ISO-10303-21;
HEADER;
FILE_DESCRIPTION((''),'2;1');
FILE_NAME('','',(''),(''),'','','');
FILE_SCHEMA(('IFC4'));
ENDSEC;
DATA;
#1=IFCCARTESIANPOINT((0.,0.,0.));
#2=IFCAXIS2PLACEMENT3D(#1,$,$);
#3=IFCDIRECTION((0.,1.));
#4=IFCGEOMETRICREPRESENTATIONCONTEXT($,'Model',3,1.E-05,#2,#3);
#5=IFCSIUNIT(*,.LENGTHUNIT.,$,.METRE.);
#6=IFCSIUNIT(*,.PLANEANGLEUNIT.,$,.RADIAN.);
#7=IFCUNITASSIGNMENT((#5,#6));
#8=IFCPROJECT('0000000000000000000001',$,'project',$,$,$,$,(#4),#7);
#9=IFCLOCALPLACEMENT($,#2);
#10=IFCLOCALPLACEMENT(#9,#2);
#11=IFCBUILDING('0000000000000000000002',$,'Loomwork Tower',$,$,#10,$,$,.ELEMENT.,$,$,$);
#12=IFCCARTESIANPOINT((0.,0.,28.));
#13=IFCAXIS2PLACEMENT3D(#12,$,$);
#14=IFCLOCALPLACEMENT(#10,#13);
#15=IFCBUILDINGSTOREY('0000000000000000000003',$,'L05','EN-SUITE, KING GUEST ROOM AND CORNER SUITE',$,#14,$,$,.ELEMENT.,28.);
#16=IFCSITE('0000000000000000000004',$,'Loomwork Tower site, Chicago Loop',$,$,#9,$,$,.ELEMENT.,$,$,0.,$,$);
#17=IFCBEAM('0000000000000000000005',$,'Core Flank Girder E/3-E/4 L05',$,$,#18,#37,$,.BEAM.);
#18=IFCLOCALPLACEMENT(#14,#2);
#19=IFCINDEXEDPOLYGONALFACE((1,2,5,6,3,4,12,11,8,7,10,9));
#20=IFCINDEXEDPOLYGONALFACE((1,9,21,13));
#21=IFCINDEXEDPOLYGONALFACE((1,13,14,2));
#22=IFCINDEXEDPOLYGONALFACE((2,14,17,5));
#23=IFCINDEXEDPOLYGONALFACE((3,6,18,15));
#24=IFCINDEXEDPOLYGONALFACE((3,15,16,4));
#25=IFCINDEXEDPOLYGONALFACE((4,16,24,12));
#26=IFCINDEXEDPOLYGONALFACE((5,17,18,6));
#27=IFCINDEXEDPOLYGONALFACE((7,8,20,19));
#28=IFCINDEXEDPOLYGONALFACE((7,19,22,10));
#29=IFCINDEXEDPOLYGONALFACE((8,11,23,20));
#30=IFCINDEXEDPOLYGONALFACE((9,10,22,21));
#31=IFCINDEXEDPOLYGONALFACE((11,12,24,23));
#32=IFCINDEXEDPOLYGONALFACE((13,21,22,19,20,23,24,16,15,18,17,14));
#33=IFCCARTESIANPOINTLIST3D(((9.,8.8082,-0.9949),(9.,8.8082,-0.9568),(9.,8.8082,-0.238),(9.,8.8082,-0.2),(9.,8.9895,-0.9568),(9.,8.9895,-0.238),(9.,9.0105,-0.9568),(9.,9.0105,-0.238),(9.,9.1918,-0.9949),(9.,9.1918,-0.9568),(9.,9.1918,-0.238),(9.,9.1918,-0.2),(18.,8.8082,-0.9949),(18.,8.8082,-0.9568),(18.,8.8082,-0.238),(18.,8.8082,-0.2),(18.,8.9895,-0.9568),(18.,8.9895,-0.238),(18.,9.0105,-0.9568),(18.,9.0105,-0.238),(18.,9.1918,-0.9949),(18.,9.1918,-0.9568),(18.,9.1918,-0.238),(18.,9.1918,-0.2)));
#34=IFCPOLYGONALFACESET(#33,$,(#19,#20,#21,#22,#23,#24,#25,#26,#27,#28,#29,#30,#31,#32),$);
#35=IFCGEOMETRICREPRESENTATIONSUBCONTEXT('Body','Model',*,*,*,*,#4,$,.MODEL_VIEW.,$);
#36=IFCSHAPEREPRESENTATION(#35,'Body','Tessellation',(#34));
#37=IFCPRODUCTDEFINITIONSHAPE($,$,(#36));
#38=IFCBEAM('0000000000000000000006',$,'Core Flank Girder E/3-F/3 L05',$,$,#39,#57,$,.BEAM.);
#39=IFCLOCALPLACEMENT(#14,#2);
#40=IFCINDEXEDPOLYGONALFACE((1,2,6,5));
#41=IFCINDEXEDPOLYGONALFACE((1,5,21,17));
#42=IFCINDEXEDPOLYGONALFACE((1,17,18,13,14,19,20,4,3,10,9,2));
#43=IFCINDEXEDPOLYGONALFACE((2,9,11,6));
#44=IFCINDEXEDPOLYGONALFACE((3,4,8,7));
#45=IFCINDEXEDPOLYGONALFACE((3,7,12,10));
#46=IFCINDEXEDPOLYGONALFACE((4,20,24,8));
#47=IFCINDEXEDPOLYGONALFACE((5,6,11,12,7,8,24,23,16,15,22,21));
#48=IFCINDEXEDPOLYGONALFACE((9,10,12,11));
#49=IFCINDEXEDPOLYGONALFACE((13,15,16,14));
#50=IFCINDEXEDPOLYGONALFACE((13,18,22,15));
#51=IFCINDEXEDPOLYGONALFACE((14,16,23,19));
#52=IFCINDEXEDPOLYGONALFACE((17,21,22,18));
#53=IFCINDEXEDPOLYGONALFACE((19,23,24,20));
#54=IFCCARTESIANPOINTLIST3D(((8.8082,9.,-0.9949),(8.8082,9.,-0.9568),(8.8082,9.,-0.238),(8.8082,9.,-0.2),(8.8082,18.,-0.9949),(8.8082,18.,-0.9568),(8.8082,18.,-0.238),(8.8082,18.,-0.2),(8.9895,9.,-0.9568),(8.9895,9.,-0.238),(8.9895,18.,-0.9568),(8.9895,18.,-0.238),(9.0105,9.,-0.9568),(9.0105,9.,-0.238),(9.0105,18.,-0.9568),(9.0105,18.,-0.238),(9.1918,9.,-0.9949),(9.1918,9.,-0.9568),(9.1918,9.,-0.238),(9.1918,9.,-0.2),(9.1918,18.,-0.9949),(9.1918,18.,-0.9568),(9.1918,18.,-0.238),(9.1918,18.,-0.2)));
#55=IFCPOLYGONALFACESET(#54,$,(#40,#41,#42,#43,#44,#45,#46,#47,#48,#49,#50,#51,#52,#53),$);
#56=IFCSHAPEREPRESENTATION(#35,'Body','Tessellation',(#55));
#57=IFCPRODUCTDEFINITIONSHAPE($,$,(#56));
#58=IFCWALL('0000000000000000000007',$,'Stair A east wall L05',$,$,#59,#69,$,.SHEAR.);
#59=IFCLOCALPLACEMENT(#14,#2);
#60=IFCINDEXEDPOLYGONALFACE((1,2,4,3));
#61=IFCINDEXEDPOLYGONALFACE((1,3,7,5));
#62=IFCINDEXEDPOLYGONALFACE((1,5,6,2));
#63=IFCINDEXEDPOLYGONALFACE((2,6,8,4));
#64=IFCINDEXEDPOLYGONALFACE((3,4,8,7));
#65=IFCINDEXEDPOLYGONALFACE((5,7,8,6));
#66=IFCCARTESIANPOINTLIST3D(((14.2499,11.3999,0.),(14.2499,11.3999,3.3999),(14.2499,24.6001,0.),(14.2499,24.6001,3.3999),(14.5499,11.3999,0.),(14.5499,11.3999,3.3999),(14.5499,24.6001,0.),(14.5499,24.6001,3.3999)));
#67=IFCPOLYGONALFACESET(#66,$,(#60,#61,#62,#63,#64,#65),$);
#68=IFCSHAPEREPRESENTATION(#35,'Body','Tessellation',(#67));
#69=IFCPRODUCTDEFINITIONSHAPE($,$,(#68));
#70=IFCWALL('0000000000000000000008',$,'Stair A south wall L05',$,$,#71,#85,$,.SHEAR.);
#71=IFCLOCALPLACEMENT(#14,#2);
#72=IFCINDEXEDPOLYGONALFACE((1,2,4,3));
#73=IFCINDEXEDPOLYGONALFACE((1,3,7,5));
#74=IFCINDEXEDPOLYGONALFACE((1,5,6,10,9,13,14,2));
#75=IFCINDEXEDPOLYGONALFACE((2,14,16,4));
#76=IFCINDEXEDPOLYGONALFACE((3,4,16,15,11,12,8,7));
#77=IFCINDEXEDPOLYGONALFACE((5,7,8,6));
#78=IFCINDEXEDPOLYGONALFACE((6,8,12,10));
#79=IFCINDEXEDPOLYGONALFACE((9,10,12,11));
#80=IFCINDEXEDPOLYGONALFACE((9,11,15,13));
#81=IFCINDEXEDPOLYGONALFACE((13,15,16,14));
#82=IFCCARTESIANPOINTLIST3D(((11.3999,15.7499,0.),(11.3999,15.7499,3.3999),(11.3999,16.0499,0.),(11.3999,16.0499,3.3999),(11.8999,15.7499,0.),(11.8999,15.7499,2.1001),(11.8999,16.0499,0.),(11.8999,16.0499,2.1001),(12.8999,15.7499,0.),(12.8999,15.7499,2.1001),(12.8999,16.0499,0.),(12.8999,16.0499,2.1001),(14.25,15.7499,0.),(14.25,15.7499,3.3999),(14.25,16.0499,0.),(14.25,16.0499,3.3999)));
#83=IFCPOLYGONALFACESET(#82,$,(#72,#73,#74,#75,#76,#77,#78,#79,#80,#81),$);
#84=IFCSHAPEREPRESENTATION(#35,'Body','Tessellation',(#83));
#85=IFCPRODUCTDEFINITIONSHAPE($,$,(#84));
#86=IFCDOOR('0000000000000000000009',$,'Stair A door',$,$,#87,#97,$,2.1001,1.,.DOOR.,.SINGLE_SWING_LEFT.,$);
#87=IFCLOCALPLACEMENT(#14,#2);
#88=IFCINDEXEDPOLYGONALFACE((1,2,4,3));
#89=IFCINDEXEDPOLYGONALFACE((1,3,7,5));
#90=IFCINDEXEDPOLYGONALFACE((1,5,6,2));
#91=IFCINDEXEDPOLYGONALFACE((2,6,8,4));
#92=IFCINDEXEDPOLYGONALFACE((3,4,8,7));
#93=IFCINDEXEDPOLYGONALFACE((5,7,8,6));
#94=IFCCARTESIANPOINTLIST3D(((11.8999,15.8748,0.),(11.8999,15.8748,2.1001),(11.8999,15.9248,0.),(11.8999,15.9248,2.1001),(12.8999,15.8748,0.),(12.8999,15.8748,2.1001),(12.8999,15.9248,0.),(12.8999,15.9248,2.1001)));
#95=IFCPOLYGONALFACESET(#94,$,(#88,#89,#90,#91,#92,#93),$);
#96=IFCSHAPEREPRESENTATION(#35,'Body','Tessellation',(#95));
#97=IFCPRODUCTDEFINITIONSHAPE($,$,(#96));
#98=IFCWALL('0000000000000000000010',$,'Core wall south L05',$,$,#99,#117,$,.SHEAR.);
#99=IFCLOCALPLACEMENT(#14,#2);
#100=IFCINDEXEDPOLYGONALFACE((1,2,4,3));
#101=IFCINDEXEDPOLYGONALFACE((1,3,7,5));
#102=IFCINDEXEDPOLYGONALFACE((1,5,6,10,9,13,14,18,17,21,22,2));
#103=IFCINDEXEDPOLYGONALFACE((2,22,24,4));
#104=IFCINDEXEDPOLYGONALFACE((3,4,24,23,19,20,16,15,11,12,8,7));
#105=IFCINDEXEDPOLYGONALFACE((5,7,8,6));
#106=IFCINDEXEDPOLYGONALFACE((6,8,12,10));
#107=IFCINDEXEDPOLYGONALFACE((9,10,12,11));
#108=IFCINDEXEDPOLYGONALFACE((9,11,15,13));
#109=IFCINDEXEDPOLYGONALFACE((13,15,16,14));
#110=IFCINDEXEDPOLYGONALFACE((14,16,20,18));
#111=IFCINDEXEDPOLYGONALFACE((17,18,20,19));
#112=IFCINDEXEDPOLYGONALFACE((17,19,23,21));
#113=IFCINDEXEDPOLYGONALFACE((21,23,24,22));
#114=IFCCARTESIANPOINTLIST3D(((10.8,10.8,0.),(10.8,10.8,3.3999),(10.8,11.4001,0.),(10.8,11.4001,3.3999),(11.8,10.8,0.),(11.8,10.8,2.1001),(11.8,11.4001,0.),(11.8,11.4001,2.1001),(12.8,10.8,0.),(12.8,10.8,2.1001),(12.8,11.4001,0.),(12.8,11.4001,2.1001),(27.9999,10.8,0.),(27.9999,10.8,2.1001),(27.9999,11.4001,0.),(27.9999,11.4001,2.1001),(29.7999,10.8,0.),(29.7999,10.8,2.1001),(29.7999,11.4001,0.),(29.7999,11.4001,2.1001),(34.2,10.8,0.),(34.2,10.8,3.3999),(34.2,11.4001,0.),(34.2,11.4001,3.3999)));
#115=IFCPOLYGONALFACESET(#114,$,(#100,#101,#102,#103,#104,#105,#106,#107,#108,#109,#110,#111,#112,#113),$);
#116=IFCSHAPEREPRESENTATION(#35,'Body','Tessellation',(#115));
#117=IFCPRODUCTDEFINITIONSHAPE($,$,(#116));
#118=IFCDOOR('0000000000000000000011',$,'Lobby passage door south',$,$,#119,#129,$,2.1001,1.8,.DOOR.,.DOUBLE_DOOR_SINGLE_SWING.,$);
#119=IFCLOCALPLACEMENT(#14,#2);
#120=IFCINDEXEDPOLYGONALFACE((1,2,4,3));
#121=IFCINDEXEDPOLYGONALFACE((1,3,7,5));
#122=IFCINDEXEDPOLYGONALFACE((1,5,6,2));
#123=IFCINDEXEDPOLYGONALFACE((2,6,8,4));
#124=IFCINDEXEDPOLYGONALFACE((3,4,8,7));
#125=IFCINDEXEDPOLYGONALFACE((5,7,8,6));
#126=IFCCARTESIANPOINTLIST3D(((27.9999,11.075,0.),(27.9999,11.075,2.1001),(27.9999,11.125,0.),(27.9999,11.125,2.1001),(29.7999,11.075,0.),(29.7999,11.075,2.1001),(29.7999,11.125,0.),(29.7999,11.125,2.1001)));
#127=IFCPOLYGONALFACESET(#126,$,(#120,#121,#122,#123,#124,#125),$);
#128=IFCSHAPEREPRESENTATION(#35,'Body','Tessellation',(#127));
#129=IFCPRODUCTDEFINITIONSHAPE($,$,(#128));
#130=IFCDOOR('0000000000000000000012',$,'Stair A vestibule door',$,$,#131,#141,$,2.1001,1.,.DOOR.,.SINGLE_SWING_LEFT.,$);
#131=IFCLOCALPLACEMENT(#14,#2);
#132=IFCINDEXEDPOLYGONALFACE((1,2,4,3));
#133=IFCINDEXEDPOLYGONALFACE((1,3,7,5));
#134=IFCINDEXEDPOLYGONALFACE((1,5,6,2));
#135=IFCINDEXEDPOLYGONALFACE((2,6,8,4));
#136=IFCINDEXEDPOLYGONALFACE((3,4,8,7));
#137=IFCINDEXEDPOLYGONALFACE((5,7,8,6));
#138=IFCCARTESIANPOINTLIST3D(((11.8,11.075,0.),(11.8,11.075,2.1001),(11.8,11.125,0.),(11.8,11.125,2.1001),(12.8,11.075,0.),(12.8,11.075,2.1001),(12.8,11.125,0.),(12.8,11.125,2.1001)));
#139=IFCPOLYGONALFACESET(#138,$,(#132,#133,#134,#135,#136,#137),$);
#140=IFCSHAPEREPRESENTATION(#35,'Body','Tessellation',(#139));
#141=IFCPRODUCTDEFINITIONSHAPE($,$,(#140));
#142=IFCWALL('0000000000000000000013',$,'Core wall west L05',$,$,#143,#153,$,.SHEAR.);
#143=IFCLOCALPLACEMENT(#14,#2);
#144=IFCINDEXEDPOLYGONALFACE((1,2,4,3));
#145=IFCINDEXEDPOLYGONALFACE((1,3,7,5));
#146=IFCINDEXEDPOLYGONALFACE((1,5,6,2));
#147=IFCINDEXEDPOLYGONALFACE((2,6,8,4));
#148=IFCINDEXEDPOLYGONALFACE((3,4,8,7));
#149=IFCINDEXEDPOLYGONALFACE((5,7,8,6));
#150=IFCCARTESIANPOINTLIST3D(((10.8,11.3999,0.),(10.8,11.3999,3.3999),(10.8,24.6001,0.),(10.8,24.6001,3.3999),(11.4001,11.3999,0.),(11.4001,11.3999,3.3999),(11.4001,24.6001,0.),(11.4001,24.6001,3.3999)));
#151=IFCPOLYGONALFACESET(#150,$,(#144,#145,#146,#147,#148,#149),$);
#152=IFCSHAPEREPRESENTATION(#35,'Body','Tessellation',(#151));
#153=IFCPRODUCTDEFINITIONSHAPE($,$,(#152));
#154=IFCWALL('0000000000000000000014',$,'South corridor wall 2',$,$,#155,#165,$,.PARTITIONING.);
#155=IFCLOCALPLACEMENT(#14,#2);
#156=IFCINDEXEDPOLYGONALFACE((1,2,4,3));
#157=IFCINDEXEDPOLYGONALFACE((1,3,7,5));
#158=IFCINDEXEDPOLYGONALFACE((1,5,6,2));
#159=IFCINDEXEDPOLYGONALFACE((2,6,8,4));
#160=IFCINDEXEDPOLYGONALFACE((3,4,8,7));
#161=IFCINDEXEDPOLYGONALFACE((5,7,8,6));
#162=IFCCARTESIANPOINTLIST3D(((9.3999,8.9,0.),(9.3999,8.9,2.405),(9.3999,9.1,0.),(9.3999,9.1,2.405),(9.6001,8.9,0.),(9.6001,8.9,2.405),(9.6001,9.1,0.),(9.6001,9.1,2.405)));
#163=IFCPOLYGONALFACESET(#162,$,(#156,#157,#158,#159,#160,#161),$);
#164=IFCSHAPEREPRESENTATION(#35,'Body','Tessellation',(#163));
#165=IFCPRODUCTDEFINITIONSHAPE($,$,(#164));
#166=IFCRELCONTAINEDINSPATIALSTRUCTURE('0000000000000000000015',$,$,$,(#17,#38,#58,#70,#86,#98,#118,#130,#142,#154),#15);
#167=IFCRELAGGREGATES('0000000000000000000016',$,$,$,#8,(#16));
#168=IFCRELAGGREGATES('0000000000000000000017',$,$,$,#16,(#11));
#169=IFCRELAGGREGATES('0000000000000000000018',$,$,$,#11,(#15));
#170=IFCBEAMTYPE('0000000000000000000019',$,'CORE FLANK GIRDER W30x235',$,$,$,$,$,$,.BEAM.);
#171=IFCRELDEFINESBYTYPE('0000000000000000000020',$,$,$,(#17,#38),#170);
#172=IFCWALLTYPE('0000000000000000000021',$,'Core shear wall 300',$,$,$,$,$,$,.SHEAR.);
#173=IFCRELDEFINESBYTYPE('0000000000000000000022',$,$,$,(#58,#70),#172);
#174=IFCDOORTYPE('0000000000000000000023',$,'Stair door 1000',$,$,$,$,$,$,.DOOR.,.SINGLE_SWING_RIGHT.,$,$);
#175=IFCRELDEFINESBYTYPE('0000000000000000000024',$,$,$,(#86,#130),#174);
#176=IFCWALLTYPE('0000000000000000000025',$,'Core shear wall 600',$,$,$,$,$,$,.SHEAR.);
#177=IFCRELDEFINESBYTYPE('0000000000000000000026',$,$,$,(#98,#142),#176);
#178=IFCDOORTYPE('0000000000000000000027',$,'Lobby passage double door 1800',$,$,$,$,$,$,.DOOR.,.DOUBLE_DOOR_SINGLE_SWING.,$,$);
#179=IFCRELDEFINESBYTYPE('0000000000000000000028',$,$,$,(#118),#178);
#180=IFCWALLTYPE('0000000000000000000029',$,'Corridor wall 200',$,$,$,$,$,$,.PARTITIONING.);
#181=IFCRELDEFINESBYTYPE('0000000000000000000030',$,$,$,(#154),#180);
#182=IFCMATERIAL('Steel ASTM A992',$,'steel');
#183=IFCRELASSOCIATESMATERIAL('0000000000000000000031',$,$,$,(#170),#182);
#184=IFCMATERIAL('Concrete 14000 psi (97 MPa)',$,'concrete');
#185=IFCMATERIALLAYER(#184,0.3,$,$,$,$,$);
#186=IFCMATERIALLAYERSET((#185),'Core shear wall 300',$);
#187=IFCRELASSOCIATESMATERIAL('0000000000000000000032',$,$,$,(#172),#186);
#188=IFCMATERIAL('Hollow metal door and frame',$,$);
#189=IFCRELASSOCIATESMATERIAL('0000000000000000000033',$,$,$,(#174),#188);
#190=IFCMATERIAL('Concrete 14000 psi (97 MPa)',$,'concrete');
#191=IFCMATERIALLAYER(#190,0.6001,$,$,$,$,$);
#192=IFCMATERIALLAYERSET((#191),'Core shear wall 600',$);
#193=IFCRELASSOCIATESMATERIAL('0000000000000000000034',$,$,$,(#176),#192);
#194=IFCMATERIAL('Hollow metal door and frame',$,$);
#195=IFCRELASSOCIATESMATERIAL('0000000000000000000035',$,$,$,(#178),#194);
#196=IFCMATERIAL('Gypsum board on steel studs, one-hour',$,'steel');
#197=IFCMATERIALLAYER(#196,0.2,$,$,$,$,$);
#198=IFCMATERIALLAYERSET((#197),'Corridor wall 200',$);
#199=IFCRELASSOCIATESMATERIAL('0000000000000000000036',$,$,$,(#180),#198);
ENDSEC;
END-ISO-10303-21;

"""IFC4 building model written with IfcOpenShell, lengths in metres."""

from ifc_helpers import new_model, si_unit, direction, frame, frame_2d, origin, origin_2d, place, context, subcontext, project, spatial, rectangle, i_section, extrude, material, layer, layer_set, material_profile, profile_set, type_object, element, fill, save


model = new_model("IFC4")

# Units and contexts
model_context = context("Model", 3, precision=1e-05, world=origin(), true_north=direction((0.0, 1.0)))
body_context = subcontext(model_context, "Body", "Model", "MODEL_VIEW")
ifc_project = project(units=[si_unit("LENGTHUNIT", "METRE"), si_unit("PLANEANGLEUNIT", "RADIAN")], contexts=[model_context])

# Site, building, storey
site_placement = place(None, origin())
site = spatial("IfcSite", under=ifc_project, at=site_placement, Name="Loomwork Tower site, Chicago Loop", CompositionType="ELEMENT", RefElevation=0.0)
building_placement = place(site_placement, origin())
building = spatial("IfcBuilding", under=site, at=building_placement, Name="Loomwork Tower", CompositionType="ELEMENT")
storey_placement = place(building_placement, frame((0.0, 0.0, 28.0)))
storey = spatial("IfcBuildingStorey", under=building, at=storey_placement, Name="L05", Description="EN-SUITE, KING GUEST ROOM AND CORNER SUITE", CompositionType="ELEMENT", Elevation=28.0)

# Beams
ifc_material_1 = material(Name="Steel ASTM A992", Category="steel")
ifc_material_profile = material_profile(ifc_material_1, i_section(OverallWidth=0.3835, OverallDepth=0.7949, WebThickness=0.021, FlangeThickness=0.0381, at=origin_2d()), Name="W30x235")
ifc_profile_set = profile_set([ifc_material_profile], Name="Steel ASTM A992")
beam_type = type_object("IfcBeamType", Name="CORE FLANK GIRDER W30x235", PredefinedType="BEAM", material=ifc_profile_set)
for number, where, z_axis, x_axis, name in (
    (1, (9.0, 9.0, -0.5974), (1.0, 0.0, 0.0), (0.0, 1.0, 0.0), "Core Flank Girder E/3-E/4 L05"),
    (2, (9.0, 9.0, -0.5974), (0.0, 1.0, 0.0), (-1.0, 0.0, 0.0), "Core Flank Girder E/3-F/3 L05"),
):
    element("IfcBeam", number, at=place(storey_placement, frame(where, z_axis=z_axis, x_axis=x_axis)), inside=storey, type_object=beam_type, Name=name, PredefinedType="BEAM", context=body_context, shape_type="SweptSolid", body=[
        extrude(i_section(OverallWidth=0.3835, OverallDepth=0.7949, WebThickness=0.021, FlangeThickness=0.0381, at=origin_2d()), origin(), (0.0, 0.0, 1.0), 9.0),
    ])

# Wall
ifc_material_2 = material(Name="Concrete 14000 psi (97 MPa)", Category="concrete")
ifc_layer_1 = layer(ifc_material_2, 0.3)
ifc_layer_set_1 = layer_set([ifc_layer_1], Name="Core shear wall 300")
wall_type_1 = type_object("IfcWallType", Name="Core shear wall 300", PredefinedType="SHEAR", material=ifc_layer_set_1)
wall_1_placement = place(storey_placement, frame((14.3999, 11.3999, 0.0), z_axis=(0.0, 0.0, 1.0), x_axis=(0.0, 1.0, 0.0)))
element("IfcWall", 3, at=wall_1_placement, inside=storey, type_object=wall_type_1, Name="Stair A east wall L05", PredefinedType="SHEAR", context=body_context, shape_type="SweptSolid", body=[
    extrude(rectangle(XDim=13.2002, YDim=0.3, at=frame_2d((6.6001, 0.0))), origin(), (0.0, 0.0, 1.0), 3.3999),
])

# Wall, opening, door
wall_2_placement = place(storey_placement, frame((11.3999, 15.8999, 0.0), z_axis=(0.0, 0.0, 1.0), x_axis=(1.0, 0.0, 0.0)))
wall_2 = element("IfcWall", 4, at=wall_2_placement, inside=storey, type_object=wall_type_1, Name="Stair A south wall L05", PredefinedType="SHEAR", context=body_context, shape_type="SweptSolid", body=[
    extrude(rectangle(XDim=2.8501, YDim=0.3, at=frame_2d((1.425, 0.0))), origin(), (0.0, 0.0, 1.0), 3.3999),
])
opening_1_placement = place(wall_2_placement, frame((0.5, 0.0, 0.0)))
opening_1 = element("IfcOpeningElement", 5, at=opening_1_placement, cuts=wall_2, PredefinedType="OPENING", context=body_context, shape_type="SweptSolid", body=[
    extrude(rectangle(XDim=1.0, YDim=2.1001, at=frame_2d((0.5, 1.05))), frame((0.0, 0.1599, 0.0), z_axis=(0.0, -1.0, 0.0), x_axis=(1.0, 0.0, 0.0)), (0.0, 0.0, 1.0), 0.3201),
])
ifc_material_3 = material(Name="Hollow metal door and frame")
door_type_1 = type_object("IfcDoorType", Name="Stair door 1000", OperationType="SINGLE_SWING_RIGHT", PredefinedType="DOOR", material=ifc_material_3)
door_1_placement = place(opening_1_placement, origin())
door_1 = element("IfcDoor", 6, at=door_1_placement, inside=storey, type_object=door_type_1, Name="Stair A door", OperationType="SINGLE_SWING_LEFT", OverallHeight=2.1001, OverallWidth=1.0, PredefinedType="DOOR", context=body_context, shape_type="SweptSolid", body=[
    extrude(rectangle(XDim=1.0, YDim=2.1001, at=frame_2d((0.5, 1.05))), frame((0.0, 0.0249, 0.0), z_axis=(0.0, -1.0, 0.0), x_axis=(1.0, 0.0, 0.0)), (0.0, 0.0, 1.0), 0.05),
])
fill(opening_1, door_1)

# Wall, openings, doors
ifc_material_4 = material(Name="Concrete 14000 psi (97 MPa)", Category="concrete")
ifc_layer_2 = layer(ifc_material_4, 0.6001)
ifc_layer_set_2 = layer_set([ifc_layer_2], Name="Core shear wall 600")
wall_type_2 = type_object("IfcWallType", Name="Core shear wall 600", PredefinedType="SHEAR", material=ifc_layer_set_2)
wall_3_placement = place(storey_placement, frame((10.8, 11.1001, 0.0), z_axis=(0.0, 0.0, 1.0), x_axis=(1.0, 0.0, 0.0)))
wall_3 = element("IfcWall", 7, at=wall_3_placement, inside=storey, type_object=wall_type_2, Name="Core wall south L05", PredefinedType="SHEAR", context=body_context, shape_type="SweptSolid", body=[
    extrude(rectangle(XDim=23.3999, YDim=0.6001, at=frame_2d((11.7, 0.0))), origin(), (0.0, 0.0, 1.0), 3.3999),
])
opening_2_placement = place(wall_3_placement, frame((1.0, 0.0, 0.0)))
opening_2 = element("IfcOpeningElement", 8, at=opening_2_placement, cuts=wall_3, PredefinedType="OPENING", context=body_context, shape_type="SweptSolid", body=[
    extrude(rectangle(XDim=1.0, YDim=2.1001, at=frame_2d((0.5, 1.05))), frame((0.0, 0.3101, 0.0), z_axis=(0.0, -1.0, 0.0), x_axis=(1.0, 0.0, 0.0)), (0.0, 0.0, 1.0), 0.6201),
])
opening_3_placement = place(wall_3_placement, frame((17.2, 0.0, 0.0)))
opening_3 = element("IfcOpeningElement", 9, at=opening_3_placement, cuts=wall_3, PredefinedType="OPENING", context=body_context, shape_type="SweptSolid", body=[
    extrude(rectangle(XDim=1.8, YDim=2.1001, at=frame_2d((0.8999, 1.05))), frame((0.0, 0.3101, 0.0), z_axis=(0.0, -1.0, 0.0), x_axis=(1.0, 0.0, 0.0)), (0.0, 0.0, 1.0), 0.6201),
])
ifc_material_5 = material(Name="Hollow metal door and frame")
door_type_2 = type_object("IfcDoorType", Name="Lobby passage double door 1800", OperationType="DOUBLE_DOOR_SINGLE_SWING", PredefinedType="DOOR", material=ifc_material_5)
door_2_placement = place(opening_3_placement, origin())
door_2 = element("IfcDoor", 10, at=door_2_placement, inside=storey, type_object=door_type_2, Name="Lobby passage door south", OperationType="DOUBLE_DOOR_SINGLE_SWING", OverallHeight=2.1001, OverallWidth=1.8, PredefinedType="DOOR", context=body_context, shape_type="SweptSolid", body=[
    extrude(rectangle(XDim=1.8, YDim=2.1001, at=frame_2d((0.8999, 1.05))), frame((0.0, 0.0249, 0.0), z_axis=(0.0, -1.0, 0.0), x_axis=(1.0, 0.0, 0.0)), (0.0, 0.0, 1.0), 0.05),
])
fill(opening_3, door_2)
door_3_placement = place(opening_2_placement, origin())
door_3 = element("IfcDoor", 11, at=door_3_placement, inside=storey, type_object=door_type_1, Name="Stair A vestibule door", OperationType="SINGLE_SWING_LEFT", OverallHeight=2.1001, OverallWidth=1.0, PredefinedType="DOOR", context=body_context, shape_type="SweptSolid", body=[
    extrude(rectangle(XDim=1.0, YDim=2.1001, at=frame_2d((0.5, 1.05))), frame((0.0, 0.0249, 0.0), z_axis=(0.0, -1.0, 0.0), x_axis=(1.0, 0.0, 0.0)), (0.0, 0.0, 1.0), 0.05),
])
fill(opening_2, door_3)

# Walls
wall_4_placement = place(storey_placement, frame((11.1001, 11.3999, 0.0), z_axis=(0.0, 0.0, 1.0), x_axis=(0.0, 1.0, 0.0)))
element("IfcWall", 12, at=wall_4_placement, inside=storey, type_object=wall_type_2, Name="Core wall west L05", PredefinedType="SHEAR", context=body_context, shape_type="SweptSolid", body=[
    extrude(rectangle(XDim=13.2002, YDim=0.6001, at=frame_2d((6.6001, 0.0))), origin(), (0.0, 0.0, 1.0), 3.3999),
])
ifc_material_6 = material(Name="Gypsum board on steel studs, one-hour", Category="steel")
ifc_layer_3 = layer(ifc_material_6, 0.2)
ifc_layer_set_3 = layer_set([ifc_layer_3], Name="Corridor wall 200")
wall_type_3 = type_object("IfcWallType", Name="Corridor wall 200", PredefinedType="PARTITIONING", material=ifc_layer_set_3)
wall_5_placement = place(storey_placement, frame((9.3999, 9.0, 0.0), z_axis=(0.0, 0.0, 1.0), x_axis=(1.0, 0.0, 0.0)))
element("IfcWall", 13, at=wall_5_placement, inside=storey, type_object=wall_type_3, Name="South corridor wall 2", PredefinedType="PARTITIONING", context=body_context, shape_type="SweptSolid", body=[
    extrude(rectangle(XDim=0.2002, YDim=0.2, at=frame_2d((0.1001, 0.0))), origin(), (0.0, 0.0, 1.0), 2.405),
])

save(model, "model.ifc")
